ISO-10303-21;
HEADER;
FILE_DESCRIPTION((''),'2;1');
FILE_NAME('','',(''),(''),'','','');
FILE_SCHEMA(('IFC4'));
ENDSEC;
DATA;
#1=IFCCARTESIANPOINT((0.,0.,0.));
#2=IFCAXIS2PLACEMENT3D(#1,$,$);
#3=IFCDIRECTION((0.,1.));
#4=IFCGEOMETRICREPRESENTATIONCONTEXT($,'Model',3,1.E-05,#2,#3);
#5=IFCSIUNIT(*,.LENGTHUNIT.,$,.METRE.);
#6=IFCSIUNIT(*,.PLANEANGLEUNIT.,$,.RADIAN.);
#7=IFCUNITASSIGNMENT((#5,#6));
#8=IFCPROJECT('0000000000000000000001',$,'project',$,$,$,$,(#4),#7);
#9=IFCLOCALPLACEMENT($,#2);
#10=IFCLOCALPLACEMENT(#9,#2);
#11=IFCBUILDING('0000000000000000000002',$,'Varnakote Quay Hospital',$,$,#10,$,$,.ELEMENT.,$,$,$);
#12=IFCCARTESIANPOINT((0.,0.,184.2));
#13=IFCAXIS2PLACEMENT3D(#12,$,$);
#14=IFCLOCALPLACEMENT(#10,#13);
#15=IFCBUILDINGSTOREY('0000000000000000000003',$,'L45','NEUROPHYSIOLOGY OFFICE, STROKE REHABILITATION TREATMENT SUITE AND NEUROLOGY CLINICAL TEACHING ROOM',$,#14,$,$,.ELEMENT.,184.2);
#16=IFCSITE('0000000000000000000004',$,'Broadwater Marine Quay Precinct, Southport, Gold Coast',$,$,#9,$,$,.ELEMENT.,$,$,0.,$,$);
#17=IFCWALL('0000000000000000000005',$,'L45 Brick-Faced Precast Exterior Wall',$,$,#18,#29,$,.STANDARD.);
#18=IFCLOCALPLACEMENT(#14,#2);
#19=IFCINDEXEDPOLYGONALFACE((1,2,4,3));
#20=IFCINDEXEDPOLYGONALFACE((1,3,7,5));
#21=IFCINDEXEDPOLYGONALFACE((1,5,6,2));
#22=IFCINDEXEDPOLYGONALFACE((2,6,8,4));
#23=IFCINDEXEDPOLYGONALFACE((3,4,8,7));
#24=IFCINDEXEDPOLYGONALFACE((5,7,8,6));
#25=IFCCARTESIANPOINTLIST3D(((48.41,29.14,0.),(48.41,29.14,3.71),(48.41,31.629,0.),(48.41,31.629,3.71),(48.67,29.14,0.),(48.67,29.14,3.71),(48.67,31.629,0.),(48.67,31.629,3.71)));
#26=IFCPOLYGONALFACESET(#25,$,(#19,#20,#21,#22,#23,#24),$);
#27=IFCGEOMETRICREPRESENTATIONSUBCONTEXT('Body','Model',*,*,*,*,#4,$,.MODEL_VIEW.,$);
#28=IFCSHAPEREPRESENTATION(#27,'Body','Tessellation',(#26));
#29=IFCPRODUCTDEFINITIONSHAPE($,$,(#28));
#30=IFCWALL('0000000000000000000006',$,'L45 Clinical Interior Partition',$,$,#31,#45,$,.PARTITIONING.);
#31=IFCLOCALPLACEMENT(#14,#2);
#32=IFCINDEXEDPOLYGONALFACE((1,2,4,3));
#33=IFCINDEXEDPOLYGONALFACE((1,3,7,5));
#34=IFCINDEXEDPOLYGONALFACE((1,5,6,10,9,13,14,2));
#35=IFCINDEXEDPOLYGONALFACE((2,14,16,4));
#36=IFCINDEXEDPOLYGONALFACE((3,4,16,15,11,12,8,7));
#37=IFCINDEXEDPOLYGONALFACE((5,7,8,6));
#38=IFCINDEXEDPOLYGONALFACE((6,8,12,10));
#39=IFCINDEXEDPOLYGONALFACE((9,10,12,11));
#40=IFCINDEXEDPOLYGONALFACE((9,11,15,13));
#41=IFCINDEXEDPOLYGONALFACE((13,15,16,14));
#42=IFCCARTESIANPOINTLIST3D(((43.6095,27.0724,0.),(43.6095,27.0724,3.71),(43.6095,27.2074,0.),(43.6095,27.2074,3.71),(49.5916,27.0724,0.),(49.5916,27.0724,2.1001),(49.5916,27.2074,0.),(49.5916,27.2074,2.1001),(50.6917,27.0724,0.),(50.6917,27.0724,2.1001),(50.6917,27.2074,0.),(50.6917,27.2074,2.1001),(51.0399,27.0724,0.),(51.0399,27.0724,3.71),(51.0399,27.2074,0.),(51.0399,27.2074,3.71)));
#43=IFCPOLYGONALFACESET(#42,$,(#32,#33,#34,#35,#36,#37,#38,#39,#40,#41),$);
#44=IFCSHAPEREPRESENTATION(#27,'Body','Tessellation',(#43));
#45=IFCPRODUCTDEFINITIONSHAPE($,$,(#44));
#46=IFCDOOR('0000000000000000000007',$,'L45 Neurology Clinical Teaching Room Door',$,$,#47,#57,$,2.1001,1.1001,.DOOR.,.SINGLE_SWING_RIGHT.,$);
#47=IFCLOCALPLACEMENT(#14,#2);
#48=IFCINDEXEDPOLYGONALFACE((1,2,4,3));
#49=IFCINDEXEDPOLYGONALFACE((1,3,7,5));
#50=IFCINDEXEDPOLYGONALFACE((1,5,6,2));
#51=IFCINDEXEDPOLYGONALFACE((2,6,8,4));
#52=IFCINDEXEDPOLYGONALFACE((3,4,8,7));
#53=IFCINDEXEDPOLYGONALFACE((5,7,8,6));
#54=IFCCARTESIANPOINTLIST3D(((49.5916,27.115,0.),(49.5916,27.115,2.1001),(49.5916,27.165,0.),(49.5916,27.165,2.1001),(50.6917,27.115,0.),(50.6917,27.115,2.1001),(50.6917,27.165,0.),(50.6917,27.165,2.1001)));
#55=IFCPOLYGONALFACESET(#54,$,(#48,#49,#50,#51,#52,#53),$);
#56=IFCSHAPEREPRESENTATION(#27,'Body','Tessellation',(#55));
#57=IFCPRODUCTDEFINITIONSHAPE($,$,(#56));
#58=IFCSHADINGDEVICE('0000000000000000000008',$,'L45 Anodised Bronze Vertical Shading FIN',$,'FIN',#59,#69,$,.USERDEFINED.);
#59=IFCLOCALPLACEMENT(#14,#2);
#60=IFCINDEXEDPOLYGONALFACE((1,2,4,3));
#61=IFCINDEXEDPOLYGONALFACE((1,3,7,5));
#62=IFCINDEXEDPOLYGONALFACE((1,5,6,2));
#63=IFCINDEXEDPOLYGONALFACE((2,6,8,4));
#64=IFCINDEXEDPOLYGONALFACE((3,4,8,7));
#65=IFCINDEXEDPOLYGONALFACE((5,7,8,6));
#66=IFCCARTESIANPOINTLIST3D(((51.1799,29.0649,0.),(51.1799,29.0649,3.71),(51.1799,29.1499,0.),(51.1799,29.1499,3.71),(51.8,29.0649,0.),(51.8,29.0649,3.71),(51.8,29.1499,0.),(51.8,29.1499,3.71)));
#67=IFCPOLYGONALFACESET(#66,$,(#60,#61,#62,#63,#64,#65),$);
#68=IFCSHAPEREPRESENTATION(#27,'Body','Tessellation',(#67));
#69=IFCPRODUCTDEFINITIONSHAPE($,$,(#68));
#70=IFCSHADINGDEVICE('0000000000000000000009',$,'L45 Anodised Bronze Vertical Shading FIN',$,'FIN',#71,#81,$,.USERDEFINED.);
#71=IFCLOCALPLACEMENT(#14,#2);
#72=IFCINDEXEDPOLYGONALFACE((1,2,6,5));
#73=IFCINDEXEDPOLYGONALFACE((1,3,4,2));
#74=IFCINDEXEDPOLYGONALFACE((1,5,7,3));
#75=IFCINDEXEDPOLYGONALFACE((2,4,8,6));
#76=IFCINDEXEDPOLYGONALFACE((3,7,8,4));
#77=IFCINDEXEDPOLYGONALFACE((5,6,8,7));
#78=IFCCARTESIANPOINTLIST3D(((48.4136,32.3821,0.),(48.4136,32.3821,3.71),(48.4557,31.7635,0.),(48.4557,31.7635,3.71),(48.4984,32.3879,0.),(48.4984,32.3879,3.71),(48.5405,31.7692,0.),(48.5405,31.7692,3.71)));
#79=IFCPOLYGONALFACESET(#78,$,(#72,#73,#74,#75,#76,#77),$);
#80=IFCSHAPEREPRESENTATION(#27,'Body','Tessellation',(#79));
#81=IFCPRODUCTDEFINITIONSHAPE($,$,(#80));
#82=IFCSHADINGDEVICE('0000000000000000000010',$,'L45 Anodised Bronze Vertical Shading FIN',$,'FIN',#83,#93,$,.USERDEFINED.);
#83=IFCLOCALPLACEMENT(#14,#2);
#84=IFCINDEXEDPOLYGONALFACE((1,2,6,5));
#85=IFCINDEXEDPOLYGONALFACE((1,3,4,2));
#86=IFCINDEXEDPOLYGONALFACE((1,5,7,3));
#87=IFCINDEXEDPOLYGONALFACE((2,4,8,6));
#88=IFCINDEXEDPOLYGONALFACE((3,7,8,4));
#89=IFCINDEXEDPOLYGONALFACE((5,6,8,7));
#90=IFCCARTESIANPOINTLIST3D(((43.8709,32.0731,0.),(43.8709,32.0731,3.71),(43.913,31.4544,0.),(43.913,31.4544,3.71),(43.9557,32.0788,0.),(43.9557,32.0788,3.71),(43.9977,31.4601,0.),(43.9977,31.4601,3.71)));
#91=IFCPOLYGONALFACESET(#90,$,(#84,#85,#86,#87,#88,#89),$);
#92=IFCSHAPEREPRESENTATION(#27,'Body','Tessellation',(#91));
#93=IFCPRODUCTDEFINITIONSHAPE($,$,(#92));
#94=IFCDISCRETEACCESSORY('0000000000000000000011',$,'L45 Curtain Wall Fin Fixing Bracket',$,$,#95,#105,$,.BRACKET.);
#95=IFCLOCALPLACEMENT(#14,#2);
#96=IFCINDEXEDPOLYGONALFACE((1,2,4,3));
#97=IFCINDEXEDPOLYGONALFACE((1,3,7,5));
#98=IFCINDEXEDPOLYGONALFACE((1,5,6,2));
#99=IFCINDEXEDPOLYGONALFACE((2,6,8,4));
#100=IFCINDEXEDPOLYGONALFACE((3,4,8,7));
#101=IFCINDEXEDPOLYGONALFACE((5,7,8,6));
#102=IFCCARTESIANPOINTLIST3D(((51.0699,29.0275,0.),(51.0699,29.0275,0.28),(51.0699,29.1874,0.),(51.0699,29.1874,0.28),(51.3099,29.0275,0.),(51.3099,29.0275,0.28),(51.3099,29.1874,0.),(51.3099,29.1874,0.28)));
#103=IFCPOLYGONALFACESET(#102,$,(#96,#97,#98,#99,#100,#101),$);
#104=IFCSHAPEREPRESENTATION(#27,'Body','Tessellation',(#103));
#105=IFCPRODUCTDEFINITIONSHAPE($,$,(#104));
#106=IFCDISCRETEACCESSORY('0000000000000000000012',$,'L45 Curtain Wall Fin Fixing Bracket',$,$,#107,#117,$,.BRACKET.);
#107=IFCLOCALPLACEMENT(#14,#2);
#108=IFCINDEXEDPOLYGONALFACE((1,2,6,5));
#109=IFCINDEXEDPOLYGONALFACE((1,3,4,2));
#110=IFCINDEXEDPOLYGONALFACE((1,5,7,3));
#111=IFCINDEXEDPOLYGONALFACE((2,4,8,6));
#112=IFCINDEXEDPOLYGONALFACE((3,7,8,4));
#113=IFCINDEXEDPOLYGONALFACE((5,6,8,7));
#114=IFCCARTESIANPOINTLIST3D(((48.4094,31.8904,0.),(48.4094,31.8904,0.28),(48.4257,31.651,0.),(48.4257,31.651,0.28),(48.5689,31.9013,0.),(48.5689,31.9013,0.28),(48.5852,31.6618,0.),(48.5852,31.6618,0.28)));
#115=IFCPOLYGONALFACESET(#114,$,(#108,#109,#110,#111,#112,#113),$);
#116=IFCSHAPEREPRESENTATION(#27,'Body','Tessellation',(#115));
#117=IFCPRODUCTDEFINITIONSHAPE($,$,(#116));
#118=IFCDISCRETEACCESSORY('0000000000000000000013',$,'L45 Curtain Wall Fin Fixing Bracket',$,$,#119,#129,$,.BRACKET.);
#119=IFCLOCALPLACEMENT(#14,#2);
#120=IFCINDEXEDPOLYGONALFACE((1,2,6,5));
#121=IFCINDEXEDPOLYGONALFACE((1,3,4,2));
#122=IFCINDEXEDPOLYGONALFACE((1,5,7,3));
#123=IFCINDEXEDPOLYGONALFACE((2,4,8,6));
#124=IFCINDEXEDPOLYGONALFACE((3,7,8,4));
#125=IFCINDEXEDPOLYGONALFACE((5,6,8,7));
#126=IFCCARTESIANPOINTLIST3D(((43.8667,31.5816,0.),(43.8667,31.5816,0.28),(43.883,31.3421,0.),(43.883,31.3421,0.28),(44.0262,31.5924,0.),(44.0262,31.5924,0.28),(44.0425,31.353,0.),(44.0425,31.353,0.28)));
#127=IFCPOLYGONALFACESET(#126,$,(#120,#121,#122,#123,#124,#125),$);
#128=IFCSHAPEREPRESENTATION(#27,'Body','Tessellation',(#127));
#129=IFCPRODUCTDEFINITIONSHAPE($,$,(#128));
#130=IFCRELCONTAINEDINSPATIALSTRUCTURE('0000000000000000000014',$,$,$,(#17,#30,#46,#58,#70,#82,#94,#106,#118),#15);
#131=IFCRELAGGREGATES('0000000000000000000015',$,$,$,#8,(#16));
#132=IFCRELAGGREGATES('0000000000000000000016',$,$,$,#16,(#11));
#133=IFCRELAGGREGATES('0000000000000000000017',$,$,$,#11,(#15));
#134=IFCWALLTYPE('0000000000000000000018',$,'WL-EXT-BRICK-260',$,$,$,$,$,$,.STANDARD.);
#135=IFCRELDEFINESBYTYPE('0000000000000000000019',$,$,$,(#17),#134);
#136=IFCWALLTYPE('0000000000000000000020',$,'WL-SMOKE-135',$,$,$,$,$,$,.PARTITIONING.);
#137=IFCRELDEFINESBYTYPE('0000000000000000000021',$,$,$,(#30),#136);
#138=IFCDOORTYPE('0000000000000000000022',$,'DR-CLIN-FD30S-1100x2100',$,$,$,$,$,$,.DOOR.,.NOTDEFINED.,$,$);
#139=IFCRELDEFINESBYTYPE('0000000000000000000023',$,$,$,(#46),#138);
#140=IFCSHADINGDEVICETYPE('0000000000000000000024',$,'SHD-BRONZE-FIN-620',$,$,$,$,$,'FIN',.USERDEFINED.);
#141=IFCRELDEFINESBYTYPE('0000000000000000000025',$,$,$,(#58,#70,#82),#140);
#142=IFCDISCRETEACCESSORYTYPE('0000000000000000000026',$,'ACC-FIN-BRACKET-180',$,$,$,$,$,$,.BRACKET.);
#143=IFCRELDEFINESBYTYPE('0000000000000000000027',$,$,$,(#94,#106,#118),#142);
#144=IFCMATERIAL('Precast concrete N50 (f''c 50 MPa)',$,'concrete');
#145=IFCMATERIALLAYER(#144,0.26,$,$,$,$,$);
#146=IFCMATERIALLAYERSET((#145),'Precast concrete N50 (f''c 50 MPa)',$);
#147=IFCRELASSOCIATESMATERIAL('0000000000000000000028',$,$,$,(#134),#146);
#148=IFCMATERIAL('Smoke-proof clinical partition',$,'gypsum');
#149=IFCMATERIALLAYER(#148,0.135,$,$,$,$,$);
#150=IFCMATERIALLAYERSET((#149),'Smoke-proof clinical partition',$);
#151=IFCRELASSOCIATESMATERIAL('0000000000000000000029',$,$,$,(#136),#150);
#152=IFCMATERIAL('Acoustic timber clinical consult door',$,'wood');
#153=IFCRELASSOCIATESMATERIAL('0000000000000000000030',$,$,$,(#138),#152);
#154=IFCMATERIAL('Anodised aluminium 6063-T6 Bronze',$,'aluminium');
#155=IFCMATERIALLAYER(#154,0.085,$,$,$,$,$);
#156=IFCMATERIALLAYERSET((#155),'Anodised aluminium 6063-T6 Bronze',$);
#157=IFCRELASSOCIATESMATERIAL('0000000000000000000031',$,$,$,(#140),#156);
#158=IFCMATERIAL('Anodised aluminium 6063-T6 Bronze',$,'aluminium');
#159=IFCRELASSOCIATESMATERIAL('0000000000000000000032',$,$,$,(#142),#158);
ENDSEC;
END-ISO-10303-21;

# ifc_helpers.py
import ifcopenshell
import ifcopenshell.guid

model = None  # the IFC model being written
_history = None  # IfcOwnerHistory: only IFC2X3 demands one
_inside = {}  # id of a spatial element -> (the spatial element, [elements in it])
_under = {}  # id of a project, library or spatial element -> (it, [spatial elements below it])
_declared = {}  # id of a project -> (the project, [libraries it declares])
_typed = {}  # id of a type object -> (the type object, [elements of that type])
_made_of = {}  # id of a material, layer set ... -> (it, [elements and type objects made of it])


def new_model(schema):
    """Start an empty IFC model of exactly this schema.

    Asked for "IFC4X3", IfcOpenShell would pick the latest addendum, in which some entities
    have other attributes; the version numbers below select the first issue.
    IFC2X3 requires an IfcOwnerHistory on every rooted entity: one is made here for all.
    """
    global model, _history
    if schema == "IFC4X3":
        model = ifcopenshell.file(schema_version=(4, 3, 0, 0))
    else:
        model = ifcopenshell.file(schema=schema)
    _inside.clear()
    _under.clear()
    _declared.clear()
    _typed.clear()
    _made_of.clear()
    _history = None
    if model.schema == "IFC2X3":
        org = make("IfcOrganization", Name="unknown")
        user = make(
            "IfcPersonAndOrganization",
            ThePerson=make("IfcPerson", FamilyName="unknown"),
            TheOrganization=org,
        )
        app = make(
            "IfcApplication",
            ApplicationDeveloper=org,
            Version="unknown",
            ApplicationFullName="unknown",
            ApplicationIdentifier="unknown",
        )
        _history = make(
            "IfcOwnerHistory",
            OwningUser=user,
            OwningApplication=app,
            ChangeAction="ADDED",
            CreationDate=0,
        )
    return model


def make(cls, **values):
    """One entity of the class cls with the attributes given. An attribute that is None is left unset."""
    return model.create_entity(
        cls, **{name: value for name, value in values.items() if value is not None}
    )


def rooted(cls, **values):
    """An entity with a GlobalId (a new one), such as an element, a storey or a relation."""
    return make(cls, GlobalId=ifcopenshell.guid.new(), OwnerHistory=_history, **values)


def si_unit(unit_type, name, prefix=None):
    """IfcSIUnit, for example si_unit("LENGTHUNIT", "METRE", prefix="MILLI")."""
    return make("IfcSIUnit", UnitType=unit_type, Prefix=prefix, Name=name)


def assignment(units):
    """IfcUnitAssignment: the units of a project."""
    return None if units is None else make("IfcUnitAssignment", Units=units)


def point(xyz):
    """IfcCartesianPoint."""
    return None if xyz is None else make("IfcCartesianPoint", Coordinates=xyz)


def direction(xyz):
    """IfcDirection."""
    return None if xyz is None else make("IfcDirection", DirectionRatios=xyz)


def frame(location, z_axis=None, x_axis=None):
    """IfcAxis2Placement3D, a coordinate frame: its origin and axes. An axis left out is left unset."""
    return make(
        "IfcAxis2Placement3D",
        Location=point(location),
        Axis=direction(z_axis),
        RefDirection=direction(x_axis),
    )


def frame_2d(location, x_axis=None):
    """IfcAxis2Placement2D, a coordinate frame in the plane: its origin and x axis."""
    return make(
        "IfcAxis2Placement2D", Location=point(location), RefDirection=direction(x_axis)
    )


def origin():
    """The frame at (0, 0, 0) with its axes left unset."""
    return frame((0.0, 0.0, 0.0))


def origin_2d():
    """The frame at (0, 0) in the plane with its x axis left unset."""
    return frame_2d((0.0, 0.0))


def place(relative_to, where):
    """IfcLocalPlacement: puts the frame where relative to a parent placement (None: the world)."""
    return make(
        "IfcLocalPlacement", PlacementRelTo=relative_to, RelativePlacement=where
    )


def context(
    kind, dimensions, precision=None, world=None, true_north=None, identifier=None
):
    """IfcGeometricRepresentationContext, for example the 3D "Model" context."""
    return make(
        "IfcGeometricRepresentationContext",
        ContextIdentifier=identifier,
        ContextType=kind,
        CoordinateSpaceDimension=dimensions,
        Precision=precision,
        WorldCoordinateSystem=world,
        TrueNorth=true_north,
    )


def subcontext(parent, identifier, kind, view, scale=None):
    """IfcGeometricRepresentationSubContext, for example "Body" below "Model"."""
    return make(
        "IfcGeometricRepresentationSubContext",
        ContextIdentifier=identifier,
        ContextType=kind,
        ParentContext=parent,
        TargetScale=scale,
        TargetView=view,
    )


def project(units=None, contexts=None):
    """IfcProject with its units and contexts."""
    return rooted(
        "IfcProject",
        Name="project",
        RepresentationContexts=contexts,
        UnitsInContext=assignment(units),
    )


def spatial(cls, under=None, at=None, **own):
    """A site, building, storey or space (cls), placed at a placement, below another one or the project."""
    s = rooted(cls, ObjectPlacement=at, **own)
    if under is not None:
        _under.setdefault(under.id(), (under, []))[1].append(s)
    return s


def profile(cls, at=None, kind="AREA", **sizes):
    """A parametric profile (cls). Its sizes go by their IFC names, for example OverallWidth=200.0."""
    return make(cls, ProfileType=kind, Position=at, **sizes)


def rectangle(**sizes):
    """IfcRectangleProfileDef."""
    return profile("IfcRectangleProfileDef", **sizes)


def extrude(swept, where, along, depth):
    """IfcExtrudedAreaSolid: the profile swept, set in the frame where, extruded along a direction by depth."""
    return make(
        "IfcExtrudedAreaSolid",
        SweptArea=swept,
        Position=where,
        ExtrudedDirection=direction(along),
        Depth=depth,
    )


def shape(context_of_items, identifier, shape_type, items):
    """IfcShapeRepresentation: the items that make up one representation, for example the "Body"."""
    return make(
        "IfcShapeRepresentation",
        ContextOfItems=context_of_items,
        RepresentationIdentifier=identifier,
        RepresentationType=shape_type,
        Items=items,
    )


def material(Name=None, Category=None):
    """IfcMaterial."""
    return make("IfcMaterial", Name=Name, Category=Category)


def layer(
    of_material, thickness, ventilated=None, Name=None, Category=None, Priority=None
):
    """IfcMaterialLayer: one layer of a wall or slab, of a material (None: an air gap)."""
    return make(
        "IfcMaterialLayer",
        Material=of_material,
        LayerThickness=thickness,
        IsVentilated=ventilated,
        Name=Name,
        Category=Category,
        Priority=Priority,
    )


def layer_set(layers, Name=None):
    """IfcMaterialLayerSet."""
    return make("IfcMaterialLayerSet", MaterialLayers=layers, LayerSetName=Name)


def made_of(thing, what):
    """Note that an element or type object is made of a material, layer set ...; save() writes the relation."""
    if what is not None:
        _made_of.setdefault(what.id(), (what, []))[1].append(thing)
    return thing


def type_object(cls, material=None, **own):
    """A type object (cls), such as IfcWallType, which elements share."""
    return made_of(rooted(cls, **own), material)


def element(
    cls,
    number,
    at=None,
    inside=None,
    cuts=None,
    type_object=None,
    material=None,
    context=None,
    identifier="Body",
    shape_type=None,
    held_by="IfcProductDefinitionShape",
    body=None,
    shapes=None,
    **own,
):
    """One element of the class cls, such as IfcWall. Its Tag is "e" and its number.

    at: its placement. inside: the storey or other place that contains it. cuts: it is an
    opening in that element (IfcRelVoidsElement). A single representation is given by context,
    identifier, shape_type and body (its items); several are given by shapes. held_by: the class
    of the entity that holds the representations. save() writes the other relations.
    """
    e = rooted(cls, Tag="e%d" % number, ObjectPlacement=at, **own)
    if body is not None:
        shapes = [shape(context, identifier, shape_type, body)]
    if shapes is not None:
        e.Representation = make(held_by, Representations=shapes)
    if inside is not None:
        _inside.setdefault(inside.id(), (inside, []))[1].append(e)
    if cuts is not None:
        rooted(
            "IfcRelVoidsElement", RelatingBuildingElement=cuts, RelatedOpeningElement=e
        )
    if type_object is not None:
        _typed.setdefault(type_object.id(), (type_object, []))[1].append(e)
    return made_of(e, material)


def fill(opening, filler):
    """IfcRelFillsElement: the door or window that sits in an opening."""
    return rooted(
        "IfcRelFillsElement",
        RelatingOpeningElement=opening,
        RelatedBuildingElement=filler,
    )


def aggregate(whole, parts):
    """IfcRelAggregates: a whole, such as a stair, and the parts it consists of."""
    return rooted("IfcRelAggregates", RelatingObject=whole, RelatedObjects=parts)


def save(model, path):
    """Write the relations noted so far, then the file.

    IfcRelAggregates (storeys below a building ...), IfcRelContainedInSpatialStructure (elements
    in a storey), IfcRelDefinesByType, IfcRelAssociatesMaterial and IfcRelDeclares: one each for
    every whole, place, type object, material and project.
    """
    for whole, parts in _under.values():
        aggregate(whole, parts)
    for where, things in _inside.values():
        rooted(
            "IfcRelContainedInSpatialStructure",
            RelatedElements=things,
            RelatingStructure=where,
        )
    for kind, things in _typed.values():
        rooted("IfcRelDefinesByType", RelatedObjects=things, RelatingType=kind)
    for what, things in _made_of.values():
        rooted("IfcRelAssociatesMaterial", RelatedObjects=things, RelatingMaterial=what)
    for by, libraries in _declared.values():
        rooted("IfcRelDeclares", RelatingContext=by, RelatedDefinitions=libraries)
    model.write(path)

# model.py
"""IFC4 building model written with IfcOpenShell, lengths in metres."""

from ifc_helpers import new_model, si_unit, direction, frame, frame_2d, origin, origin_2d, place, context, subcontext, project, spatial, rectangle, extrude, material, layer, layer_set, type_object, element, fill, save


model = new_model("IFC4")

# Units and contexts
model_context = context("Model", 3, precision=1e-05, world=origin(), true_north=direction((0.0, 1.0)))
body_context = subcontext(model_context, "Body", "Model", "MODEL_VIEW")
ifc_project = project(units=[si_unit("LENGTHUNIT", "METRE"), si_unit("PLANEANGLEUNIT", "RADIAN")], contexts=[model_context])

# Site, building, storey
site_placement = place(None, origin())
site = spatial("IfcSite", under=ifc_project, at=site_placement, Name="Broadwater Marine Quay Precinct, Southport, Gold Coast", CompositionType="ELEMENT", RefElevation=0.0)
building_placement = place(site_placement, origin())
building = spatial("IfcBuilding", under=site, at=building_placement, Name="Varnakote Quay Hospital", CompositionType="ELEMENT")
storey_placement = place(building_placement, frame((0.0, 0.0, 184.2)))
storey = spatial("IfcBuildingStorey", under=building, at=storey_placement, Name="L45", Description="NEUROPHYSIOLOGY OFFICE, STROKE REHABILITATION TREATMENT SUITE AND NEUROLOGY CLINICAL TEACHING ROOM", CompositionType="ELEMENT", Elevation=184.2)

# Wall
ifc_material_1 = material(Name="Precast concrete N50 (f'c 50 MPa)", Category="concrete")
ifc_layer_1 = layer(ifc_material_1, 0.26)
ifc_layer_set_1 = layer_set([ifc_layer_1], Name="Precast concrete N50 (f'c 50 MPa)")
wall_type_1 = type_object("IfcWallType", Name="WL-EXT-BRICK-260", PredefinedType="STANDARD", material=ifc_layer_set_1)
wall_1_placement = place(storey_placement, frame((48.54, 29.1399, 0.0), z_axis=(0.0, 0.0, 1.0), x_axis=(0.0, 1.0, 0.0)))
element("IfcWall", 1, at=wall_1_placement, inside=storey, type_object=wall_type_1, Name="L45 Brick-Faced Precast Exterior Wall", PredefinedType="STANDARD", context=body_context, shape_type="SweptSolid", body=[
    extrude(rectangle(XDim=2.489, YDim=0.26, at=frame_2d((1.2446, 0.0))), origin(), (0.0, 0.0, 1.0), 3.71),
])

# Wall, opening, door
ifc_material_2 = material(Name="Smoke-proof clinical partition", Category="gypsum")
ifc_layer_2 = layer(ifc_material_2, 0.135)
ifc_layer_set_2 = layer_set([ifc_layer_2], Name="Smoke-proof clinical partition")
wall_type_2 = type_object("IfcWallType", Name="WL-SMOKE-135", PredefinedType="PARTITIONING", material=ifc_layer_set_2)
wall_2_placement = place(storey_placement, frame((51.04, 27.1399, 0.0), z_axis=(0.0, 0.0, 1.0), x_axis=(-1.0, 0.0, 0.0)))
wall_2 = element("IfcWall", 2, at=wall_2_placement, inside=storey, type_object=wall_type_2, Name="L45 Clinical Interior Partition", PredefinedType="PARTITIONING", context=body_context, shape_type="SweptSolid", body=[
    extrude(rectangle(XDim=7.4304, YDim=0.135, at=frame_2d((3.7153, 0.0))), origin(), (0.0, 0.0, 1.0), 3.71),
])
opening_placement = place(wall_2_placement, frame((0.3484, 0.0, 0.0)))
opening = element("IfcOpeningElement", 3, at=opening_placement, cuts=wall_2, PredefinedType="OPENING", context=body_context, shape_type="SweptSolid", body=[
    extrude(rectangle(XDim=1.1001, YDim=2.1001, at=frame_2d((0.55, 1.05))), frame((0.0, 0.0774, 0.0), z_axis=(0.0, -1.0, 0.0), x_axis=(1.0, 0.0, 0.0)), (0.0, 0.0, 1.0), 0.155),
])
ifc_material_3 = material(Name="Acoustic timber clinical consult door", Category="wood")
door_type = type_object("IfcDoorType", Name="DR-CLIN-FD30S-1100x2100", OperationType="NOTDEFINED", PredefinedType="DOOR", material=ifc_material_3)
door_placement = place(opening_placement, origin())
door = element("IfcDoor", 4, at=door_placement, inside=storey, type_object=door_type, Name="L45 Neurology Clinical Teaching Room Door", OperationType="SINGLE_SWING_RIGHT", OverallHeight=2.1001, OverallWidth=1.1001, PredefinedType="DOOR", context=body_context, shape_type="SweptSolid", body=[
    extrude(rectangle(XDim=1.1001, YDim=2.1001, at=frame_2d((0.55, 1.05))), frame((0.0, 0.0249, 0.0), z_axis=(0.0, -1.0, 0.0), x_axis=(1.0, 0.0, 0.0)), (0.0, 0.0, 1.0), 0.05),
])
fill(opening, door)

# Shading devices
ifc_material_4 = material(Name="Anodised aluminium 6063-T6 Bronze", Category="aluminium")
ifc_layer_3 = layer(ifc_material_4, 0.085)
ifc_layer_set_3 = layer_set([ifc_layer_3], Name="Anodised aluminium 6063-T6 Bronze")
shading_device_type = type_object("IfcShadingDeviceType", Name="SHD-BRONZE-FIN-620", ElementType="FIN", PredefinedType="USERDEFINED", material=ifc_layer_set_3)
for number, where, z_axis, x_axis, name in (
    (5, (51.49, 29.1074, 0.0), (0.0, 0.0, 1.0), (-1.0, 0.0, 0.0), "L45 Anodised Bronze Vertical Shading FIN"),
    (6, (48.4771, 32.0757, 0.0), (0.0, 0.0, 1.0), (0.067841, -0.997696, 0.0), "L45 Anodised Bronze Vertical Shading FIN"),
    (7, (43.9343, 31.7666, 0.0), (0.0, 0.0, 1.0), (0.067841, -0.997696, 0.0), "L45 Anodised Bronze Vertical Shading FIN"),
):
    element("IfcShadingDevice", number, at=place(storey_placement, frame(where, z_axis=z_axis, x_axis=x_axis)), inside=storey, type_object=shading_device_type, Name=name, ObjectType="FIN", PredefinedType="USERDEFINED", context=body_context, shape_type="SweptSolid", body=[
        extrude(rectangle(XDim=0.6201, YDim=0.085, at=origin_2d()), origin(), (0.0, 0.0, 1.0), 3.71),
    ])

# Discrete accessories
ifc_material_5 = material(Name="Anodised aluminium 6063-T6 Bronze", Category="aluminium")
discrete_accessory_type = type_object("IfcDiscreteAccessoryType", Name="ACC-FIN-BRACKET-180", PredefinedType="BRACKET", material=ifc_material_5)
for number, where, z_axis, x_axis, name in (
    (8, (51.1899, 29.1074, 0.0), (0.0, 0.0, 1.0), (0.0, 1.0, 0.0), "L45 Curtain Wall Fin Fixing Bracket"),
    (9, (48.4973, 31.7761, 0.0), (0.0, 0.0, 1.0), (-0.997696, -0.067841, 0.0), "L45 Curtain Wall Fin Fixing Bracket"),
    (10, (43.9546, 31.4673, 0.0), (0.0, 0.0, 1.0), (-0.997696, -0.067841, 0.0), "L45 Curtain Wall Fin Fixing Bracket"),
):
    element("IfcDiscreteAccessory", number, at=place(storey_placement, frame(where, z_axis=z_axis, x_axis=x_axis)), inside=storey, type_object=discrete_accessory_type, Name=name, PredefinedType="BRACKET", context=body_context, shape_type="SweptSolid", body=[
        extrude(rectangle(XDim=0.1599, YDim=0.24, at=origin_2d()), origin(), (0.0, 0.0, 1.0), 0.28),
    ])

save(model, "model.ifc")
